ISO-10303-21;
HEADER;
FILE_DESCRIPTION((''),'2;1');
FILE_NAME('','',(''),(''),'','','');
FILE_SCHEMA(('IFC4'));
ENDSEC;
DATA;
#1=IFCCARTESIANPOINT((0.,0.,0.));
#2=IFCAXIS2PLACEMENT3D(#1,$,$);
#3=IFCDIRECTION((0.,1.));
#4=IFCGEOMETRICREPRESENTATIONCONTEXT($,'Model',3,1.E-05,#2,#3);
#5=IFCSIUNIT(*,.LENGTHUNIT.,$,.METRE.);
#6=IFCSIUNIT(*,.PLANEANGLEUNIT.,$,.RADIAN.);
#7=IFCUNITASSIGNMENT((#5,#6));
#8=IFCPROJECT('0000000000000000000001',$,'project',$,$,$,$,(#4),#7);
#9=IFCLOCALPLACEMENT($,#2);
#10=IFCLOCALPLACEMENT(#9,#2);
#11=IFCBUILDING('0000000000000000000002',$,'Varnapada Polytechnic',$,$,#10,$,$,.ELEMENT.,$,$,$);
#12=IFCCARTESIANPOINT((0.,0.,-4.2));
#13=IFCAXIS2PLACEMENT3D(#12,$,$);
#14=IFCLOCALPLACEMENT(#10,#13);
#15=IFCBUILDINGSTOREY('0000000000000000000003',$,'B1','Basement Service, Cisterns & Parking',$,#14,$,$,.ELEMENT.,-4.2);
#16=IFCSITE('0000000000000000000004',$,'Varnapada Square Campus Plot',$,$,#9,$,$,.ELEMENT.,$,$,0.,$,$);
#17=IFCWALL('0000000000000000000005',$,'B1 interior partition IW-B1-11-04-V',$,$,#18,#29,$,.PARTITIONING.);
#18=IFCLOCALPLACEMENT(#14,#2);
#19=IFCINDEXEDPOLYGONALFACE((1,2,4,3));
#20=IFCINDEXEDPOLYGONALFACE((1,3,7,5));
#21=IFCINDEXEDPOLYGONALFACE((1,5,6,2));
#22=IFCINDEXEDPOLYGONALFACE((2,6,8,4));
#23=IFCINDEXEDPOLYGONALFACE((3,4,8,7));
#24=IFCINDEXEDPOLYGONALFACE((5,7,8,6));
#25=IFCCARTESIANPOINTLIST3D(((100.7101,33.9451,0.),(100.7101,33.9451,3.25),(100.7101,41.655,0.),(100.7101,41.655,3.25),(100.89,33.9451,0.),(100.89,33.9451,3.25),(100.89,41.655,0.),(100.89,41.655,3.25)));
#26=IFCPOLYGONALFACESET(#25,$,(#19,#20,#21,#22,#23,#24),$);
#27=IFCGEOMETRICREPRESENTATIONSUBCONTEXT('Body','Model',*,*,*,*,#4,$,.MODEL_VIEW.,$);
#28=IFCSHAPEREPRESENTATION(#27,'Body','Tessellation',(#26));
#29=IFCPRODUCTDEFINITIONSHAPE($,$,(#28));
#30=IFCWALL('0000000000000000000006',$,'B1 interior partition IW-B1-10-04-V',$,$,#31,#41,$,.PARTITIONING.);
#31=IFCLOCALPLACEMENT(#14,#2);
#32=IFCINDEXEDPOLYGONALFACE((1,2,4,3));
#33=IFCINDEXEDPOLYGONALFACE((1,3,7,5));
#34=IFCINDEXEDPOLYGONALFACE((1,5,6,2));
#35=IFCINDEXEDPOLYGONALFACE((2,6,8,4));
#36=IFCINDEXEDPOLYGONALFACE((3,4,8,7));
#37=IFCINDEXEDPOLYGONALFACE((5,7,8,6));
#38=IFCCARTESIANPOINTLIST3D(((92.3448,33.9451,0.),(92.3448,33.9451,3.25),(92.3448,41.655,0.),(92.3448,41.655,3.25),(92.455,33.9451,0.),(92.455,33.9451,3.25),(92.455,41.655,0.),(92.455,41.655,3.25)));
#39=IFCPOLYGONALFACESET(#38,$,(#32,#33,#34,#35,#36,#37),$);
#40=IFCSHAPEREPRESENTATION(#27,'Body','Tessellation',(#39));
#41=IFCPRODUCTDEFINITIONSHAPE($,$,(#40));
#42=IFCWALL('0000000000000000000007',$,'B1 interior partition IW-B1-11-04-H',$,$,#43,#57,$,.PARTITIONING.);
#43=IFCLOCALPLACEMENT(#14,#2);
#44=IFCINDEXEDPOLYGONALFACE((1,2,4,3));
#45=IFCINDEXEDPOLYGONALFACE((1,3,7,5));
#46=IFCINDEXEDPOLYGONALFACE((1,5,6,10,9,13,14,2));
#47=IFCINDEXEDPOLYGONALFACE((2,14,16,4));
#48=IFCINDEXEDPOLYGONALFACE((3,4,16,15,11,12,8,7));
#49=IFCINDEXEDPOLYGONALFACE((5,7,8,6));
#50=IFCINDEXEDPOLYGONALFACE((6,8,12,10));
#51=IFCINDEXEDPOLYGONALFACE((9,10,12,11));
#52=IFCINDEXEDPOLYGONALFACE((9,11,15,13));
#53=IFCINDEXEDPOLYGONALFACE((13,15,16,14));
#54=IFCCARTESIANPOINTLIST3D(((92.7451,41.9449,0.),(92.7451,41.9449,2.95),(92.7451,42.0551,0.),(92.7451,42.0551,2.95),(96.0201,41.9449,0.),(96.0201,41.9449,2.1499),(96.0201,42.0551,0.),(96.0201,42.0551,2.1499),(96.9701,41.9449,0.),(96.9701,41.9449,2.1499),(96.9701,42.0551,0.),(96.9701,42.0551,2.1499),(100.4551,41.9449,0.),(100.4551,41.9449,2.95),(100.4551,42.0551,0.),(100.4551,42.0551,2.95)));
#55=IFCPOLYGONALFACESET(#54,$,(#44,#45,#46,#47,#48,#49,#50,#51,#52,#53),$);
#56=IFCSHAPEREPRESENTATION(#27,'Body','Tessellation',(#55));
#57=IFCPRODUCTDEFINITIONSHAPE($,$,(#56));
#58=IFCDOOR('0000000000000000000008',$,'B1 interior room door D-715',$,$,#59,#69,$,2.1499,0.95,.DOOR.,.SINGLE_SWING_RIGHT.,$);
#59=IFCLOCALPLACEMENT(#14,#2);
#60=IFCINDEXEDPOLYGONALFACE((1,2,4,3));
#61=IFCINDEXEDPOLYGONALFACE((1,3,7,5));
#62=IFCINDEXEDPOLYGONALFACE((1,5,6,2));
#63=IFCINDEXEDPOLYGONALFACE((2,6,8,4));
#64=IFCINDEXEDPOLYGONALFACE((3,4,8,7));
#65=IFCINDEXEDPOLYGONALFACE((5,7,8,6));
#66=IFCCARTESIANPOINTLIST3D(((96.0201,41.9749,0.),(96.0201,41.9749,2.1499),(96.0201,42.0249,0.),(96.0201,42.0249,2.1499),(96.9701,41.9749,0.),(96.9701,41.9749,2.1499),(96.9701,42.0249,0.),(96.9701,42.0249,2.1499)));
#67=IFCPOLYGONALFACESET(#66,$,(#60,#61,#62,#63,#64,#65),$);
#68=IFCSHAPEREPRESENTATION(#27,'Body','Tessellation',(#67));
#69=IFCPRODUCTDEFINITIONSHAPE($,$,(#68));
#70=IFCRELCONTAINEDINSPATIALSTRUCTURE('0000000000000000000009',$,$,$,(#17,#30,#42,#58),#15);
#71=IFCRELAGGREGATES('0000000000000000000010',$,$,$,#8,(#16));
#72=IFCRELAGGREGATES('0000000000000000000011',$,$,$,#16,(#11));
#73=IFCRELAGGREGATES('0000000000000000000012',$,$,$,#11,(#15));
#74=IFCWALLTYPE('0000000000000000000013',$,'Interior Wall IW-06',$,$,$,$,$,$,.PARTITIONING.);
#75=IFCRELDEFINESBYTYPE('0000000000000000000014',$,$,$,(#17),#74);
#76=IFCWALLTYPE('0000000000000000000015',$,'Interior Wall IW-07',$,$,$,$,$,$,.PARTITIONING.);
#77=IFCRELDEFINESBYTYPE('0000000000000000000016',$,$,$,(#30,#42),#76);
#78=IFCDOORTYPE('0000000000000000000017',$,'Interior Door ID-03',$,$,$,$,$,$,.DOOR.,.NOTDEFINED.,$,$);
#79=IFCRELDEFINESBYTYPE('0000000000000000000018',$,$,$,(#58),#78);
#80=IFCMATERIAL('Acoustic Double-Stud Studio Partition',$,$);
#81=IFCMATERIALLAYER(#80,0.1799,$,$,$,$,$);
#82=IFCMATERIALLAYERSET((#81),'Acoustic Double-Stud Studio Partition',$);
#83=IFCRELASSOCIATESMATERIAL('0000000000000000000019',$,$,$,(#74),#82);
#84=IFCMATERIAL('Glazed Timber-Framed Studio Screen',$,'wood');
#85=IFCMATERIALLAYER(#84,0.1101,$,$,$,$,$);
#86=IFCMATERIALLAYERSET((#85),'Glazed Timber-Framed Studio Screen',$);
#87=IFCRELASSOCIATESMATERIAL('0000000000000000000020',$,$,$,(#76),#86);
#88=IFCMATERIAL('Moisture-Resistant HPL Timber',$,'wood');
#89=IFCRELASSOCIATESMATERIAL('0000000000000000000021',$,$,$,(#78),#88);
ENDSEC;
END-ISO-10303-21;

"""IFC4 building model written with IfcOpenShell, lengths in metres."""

from ifc_helpers import new_model, si_unit, direction, frame, frame_2d, origin, place, context, subcontext, project, spatial, rectangle, extrude, material, layer, layer_set, type_object, element, fill, save


model = new_model("IFC4")

# Units and contexts
model_context = context("Model", 3, precision=1e-05, world=origin(), true_north=direction((0.0, 1.0)))
body_context = subcontext(model_context, "Body", "Model", "MODEL_VIEW")
ifc_project = project(units=[si_unit("LENGTHUNIT", "METRE"), si_unit("PLANEANGLEUNIT", "RADIAN")], contexts=[model_context])

# Site, building, storey
site_placement = place(None, origin())
site = spatial("IfcSite", under=ifc_project, at=site_placement, Name="Varnapada Square Campus Plot", CompositionType="ELEMENT", RefElevation=0.0)
building_placement = place(site_placement, origin())
building = spatial("IfcBuilding", under=site, at=building_placement, Name="Varnapada Polytechnic", CompositionType="ELEMENT")
storey_placement = place(building_placement, frame((0.0, 0.0, -4.2)))
storey = spatial("IfcBuildingStorey", under=building, at=storey_placement, Name="B1", Description="Basement Service, Cisterns & Parking", CompositionType="ELEMENT", Elevation=-4.2)

# Walls
ifc_material_1 = material(Name="Acoustic Double-Stud Studio Partition")
ifc_layer_1 = layer(ifc_material_1, 0.1799)
ifc_layer_set_1 = layer_set([ifc_layer_1], Name="Acoustic Double-Stud Studio Partition")
wall_type_1 = type_object("IfcWallType", Name="Interior Wall IW-06", PredefinedType="PARTITIONING", material=ifc_layer_set_1)
wall_1_placement = place(storey_placement, frame((100.8, 33.9451, 0.0), z_axis=(0.0, 0.0, 1.0), x_axis=(0.0, 1.0, 0.0)))
element("IfcWall", 1, at=wall_1_placement, inside=storey, type_object=wall_type_1, Name="B1 interior partition IW-B1-11-04-V", PredefinedType="PARTITIONING", context=body_context, shape_type="SweptSolid", body=[
    extrude(rectangle(XDim=7.71, YDim=0.1799, at=frame_2d((3.855, 0.0))), origin(), (0.0, 0.0, 1.0), 3.25),
])
ifc_material_2 = material(Name="Glazed Timber-Framed Studio Screen", Category="wood")
ifc_layer_2 = layer(ifc_material_2, 0.1101)
ifc_layer_set_2 = layer_set([ifc_layer_2], Name="Glazed Timber-Framed Studio Screen")
wall_type_2 = type_object("IfcWallType", Name="Interior Wall IW-07", PredefinedType="PARTITIONING", material=ifc_layer_set_2)
wall_2_placement = place(storey_placement, frame((92.3999, 33.9451, 0.0), z_axis=(0.0, 0.0, 1.0), x_axis=(0.0, 1.0, 0.0)))
element("IfcWall", 2, at=wall_2_placement, inside=storey, type_object=wall_type_2, Name="B1 interior partition IW-B1-10-04-V", PredefinedType="PARTITIONING", context=body_context, shape_type="SweptSolid", body=[
    extrude(rectangle(XDim=7.71, YDim=0.1101, at=frame_2d((3.855, 0.0))), origin(), (0.0, 0.0, 1.0), 3.25),
])

# Wall, opening, door
wall_3_placement = place(storey_placement, frame((92.7451, 42.0, 0.0), z_axis=(0.0, 0.0, 1.0), x_axis=(1.0, 0.0, 0.0)))
wall_3 = element("IfcWall", 3, at=wall_3_placement, inside=storey, type_object=wall_type_2, Name="B1 interior partition IW-B1-11-04-H", PredefinedType="PARTITIONING", context=body_context, shape_type="SweptSolid", body=[
    extrude(rectangle(XDim=7.71, YDim=0.1101, at=frame_2d((3.855, 0.0))), origin(), (0.0, 0.0, 1.0), 2.95),
])
opening_placement = place(wall_3_placement, frame((3.2749, 0.0, 0.0)))
opening = element("IfcOpeningElement", 4, at=opening_placement, cuts=wall_3, PredefinedType="OPENING", context=body_context, shape_type="SweptSolid", body=[
    extrude(rectangle(XDim=0.95, YDim=2.1499, at=frame_2d((0.4751, 1.075))), frame((0.0, 0.0649, 0.0), z_axis=(0.0, -1.0, 0.0), x_axis=(1.0, 0.0, 0.0)), (0.0, 0.0, 1.0), 0.1301),
])
ifc_material_3 = material(Name="Moisture-Resistant HPL Timber", Category="wood")
door_type = type_object("IfcDoorType", Name="Interior Door ID-03", OperationType="NOTDEFINED", PredefinedType="DOOR", material=ifc_material_3)
door_placement = place(opening_placement, origin())
door = element("IfcDoor", 5, at=door_placement, inside=storey, type_object=door_type, Name="B1 interior room door D-715", OperationType="SINGLE_SWING_RIGHT", OverallHeight=2.1499, OverallWidth=0.95, PredefinedType="DOOR", context=body_context, shape_type="SweptSolid", body=[
    extrude(rectangle(XDim=0.95, YDim=2.1499, at=frame_2d((0.4751, 1.075))), frame((0.0, 0.0249, 0.0), z_axis=(0.0, -1.0, 0.0), x_axis=(1.0, 0.0, 0.0)), (0.0, 0.0, 1.0), 0.05),
])
fill(opening, door)

save(model, "model.ifc")
